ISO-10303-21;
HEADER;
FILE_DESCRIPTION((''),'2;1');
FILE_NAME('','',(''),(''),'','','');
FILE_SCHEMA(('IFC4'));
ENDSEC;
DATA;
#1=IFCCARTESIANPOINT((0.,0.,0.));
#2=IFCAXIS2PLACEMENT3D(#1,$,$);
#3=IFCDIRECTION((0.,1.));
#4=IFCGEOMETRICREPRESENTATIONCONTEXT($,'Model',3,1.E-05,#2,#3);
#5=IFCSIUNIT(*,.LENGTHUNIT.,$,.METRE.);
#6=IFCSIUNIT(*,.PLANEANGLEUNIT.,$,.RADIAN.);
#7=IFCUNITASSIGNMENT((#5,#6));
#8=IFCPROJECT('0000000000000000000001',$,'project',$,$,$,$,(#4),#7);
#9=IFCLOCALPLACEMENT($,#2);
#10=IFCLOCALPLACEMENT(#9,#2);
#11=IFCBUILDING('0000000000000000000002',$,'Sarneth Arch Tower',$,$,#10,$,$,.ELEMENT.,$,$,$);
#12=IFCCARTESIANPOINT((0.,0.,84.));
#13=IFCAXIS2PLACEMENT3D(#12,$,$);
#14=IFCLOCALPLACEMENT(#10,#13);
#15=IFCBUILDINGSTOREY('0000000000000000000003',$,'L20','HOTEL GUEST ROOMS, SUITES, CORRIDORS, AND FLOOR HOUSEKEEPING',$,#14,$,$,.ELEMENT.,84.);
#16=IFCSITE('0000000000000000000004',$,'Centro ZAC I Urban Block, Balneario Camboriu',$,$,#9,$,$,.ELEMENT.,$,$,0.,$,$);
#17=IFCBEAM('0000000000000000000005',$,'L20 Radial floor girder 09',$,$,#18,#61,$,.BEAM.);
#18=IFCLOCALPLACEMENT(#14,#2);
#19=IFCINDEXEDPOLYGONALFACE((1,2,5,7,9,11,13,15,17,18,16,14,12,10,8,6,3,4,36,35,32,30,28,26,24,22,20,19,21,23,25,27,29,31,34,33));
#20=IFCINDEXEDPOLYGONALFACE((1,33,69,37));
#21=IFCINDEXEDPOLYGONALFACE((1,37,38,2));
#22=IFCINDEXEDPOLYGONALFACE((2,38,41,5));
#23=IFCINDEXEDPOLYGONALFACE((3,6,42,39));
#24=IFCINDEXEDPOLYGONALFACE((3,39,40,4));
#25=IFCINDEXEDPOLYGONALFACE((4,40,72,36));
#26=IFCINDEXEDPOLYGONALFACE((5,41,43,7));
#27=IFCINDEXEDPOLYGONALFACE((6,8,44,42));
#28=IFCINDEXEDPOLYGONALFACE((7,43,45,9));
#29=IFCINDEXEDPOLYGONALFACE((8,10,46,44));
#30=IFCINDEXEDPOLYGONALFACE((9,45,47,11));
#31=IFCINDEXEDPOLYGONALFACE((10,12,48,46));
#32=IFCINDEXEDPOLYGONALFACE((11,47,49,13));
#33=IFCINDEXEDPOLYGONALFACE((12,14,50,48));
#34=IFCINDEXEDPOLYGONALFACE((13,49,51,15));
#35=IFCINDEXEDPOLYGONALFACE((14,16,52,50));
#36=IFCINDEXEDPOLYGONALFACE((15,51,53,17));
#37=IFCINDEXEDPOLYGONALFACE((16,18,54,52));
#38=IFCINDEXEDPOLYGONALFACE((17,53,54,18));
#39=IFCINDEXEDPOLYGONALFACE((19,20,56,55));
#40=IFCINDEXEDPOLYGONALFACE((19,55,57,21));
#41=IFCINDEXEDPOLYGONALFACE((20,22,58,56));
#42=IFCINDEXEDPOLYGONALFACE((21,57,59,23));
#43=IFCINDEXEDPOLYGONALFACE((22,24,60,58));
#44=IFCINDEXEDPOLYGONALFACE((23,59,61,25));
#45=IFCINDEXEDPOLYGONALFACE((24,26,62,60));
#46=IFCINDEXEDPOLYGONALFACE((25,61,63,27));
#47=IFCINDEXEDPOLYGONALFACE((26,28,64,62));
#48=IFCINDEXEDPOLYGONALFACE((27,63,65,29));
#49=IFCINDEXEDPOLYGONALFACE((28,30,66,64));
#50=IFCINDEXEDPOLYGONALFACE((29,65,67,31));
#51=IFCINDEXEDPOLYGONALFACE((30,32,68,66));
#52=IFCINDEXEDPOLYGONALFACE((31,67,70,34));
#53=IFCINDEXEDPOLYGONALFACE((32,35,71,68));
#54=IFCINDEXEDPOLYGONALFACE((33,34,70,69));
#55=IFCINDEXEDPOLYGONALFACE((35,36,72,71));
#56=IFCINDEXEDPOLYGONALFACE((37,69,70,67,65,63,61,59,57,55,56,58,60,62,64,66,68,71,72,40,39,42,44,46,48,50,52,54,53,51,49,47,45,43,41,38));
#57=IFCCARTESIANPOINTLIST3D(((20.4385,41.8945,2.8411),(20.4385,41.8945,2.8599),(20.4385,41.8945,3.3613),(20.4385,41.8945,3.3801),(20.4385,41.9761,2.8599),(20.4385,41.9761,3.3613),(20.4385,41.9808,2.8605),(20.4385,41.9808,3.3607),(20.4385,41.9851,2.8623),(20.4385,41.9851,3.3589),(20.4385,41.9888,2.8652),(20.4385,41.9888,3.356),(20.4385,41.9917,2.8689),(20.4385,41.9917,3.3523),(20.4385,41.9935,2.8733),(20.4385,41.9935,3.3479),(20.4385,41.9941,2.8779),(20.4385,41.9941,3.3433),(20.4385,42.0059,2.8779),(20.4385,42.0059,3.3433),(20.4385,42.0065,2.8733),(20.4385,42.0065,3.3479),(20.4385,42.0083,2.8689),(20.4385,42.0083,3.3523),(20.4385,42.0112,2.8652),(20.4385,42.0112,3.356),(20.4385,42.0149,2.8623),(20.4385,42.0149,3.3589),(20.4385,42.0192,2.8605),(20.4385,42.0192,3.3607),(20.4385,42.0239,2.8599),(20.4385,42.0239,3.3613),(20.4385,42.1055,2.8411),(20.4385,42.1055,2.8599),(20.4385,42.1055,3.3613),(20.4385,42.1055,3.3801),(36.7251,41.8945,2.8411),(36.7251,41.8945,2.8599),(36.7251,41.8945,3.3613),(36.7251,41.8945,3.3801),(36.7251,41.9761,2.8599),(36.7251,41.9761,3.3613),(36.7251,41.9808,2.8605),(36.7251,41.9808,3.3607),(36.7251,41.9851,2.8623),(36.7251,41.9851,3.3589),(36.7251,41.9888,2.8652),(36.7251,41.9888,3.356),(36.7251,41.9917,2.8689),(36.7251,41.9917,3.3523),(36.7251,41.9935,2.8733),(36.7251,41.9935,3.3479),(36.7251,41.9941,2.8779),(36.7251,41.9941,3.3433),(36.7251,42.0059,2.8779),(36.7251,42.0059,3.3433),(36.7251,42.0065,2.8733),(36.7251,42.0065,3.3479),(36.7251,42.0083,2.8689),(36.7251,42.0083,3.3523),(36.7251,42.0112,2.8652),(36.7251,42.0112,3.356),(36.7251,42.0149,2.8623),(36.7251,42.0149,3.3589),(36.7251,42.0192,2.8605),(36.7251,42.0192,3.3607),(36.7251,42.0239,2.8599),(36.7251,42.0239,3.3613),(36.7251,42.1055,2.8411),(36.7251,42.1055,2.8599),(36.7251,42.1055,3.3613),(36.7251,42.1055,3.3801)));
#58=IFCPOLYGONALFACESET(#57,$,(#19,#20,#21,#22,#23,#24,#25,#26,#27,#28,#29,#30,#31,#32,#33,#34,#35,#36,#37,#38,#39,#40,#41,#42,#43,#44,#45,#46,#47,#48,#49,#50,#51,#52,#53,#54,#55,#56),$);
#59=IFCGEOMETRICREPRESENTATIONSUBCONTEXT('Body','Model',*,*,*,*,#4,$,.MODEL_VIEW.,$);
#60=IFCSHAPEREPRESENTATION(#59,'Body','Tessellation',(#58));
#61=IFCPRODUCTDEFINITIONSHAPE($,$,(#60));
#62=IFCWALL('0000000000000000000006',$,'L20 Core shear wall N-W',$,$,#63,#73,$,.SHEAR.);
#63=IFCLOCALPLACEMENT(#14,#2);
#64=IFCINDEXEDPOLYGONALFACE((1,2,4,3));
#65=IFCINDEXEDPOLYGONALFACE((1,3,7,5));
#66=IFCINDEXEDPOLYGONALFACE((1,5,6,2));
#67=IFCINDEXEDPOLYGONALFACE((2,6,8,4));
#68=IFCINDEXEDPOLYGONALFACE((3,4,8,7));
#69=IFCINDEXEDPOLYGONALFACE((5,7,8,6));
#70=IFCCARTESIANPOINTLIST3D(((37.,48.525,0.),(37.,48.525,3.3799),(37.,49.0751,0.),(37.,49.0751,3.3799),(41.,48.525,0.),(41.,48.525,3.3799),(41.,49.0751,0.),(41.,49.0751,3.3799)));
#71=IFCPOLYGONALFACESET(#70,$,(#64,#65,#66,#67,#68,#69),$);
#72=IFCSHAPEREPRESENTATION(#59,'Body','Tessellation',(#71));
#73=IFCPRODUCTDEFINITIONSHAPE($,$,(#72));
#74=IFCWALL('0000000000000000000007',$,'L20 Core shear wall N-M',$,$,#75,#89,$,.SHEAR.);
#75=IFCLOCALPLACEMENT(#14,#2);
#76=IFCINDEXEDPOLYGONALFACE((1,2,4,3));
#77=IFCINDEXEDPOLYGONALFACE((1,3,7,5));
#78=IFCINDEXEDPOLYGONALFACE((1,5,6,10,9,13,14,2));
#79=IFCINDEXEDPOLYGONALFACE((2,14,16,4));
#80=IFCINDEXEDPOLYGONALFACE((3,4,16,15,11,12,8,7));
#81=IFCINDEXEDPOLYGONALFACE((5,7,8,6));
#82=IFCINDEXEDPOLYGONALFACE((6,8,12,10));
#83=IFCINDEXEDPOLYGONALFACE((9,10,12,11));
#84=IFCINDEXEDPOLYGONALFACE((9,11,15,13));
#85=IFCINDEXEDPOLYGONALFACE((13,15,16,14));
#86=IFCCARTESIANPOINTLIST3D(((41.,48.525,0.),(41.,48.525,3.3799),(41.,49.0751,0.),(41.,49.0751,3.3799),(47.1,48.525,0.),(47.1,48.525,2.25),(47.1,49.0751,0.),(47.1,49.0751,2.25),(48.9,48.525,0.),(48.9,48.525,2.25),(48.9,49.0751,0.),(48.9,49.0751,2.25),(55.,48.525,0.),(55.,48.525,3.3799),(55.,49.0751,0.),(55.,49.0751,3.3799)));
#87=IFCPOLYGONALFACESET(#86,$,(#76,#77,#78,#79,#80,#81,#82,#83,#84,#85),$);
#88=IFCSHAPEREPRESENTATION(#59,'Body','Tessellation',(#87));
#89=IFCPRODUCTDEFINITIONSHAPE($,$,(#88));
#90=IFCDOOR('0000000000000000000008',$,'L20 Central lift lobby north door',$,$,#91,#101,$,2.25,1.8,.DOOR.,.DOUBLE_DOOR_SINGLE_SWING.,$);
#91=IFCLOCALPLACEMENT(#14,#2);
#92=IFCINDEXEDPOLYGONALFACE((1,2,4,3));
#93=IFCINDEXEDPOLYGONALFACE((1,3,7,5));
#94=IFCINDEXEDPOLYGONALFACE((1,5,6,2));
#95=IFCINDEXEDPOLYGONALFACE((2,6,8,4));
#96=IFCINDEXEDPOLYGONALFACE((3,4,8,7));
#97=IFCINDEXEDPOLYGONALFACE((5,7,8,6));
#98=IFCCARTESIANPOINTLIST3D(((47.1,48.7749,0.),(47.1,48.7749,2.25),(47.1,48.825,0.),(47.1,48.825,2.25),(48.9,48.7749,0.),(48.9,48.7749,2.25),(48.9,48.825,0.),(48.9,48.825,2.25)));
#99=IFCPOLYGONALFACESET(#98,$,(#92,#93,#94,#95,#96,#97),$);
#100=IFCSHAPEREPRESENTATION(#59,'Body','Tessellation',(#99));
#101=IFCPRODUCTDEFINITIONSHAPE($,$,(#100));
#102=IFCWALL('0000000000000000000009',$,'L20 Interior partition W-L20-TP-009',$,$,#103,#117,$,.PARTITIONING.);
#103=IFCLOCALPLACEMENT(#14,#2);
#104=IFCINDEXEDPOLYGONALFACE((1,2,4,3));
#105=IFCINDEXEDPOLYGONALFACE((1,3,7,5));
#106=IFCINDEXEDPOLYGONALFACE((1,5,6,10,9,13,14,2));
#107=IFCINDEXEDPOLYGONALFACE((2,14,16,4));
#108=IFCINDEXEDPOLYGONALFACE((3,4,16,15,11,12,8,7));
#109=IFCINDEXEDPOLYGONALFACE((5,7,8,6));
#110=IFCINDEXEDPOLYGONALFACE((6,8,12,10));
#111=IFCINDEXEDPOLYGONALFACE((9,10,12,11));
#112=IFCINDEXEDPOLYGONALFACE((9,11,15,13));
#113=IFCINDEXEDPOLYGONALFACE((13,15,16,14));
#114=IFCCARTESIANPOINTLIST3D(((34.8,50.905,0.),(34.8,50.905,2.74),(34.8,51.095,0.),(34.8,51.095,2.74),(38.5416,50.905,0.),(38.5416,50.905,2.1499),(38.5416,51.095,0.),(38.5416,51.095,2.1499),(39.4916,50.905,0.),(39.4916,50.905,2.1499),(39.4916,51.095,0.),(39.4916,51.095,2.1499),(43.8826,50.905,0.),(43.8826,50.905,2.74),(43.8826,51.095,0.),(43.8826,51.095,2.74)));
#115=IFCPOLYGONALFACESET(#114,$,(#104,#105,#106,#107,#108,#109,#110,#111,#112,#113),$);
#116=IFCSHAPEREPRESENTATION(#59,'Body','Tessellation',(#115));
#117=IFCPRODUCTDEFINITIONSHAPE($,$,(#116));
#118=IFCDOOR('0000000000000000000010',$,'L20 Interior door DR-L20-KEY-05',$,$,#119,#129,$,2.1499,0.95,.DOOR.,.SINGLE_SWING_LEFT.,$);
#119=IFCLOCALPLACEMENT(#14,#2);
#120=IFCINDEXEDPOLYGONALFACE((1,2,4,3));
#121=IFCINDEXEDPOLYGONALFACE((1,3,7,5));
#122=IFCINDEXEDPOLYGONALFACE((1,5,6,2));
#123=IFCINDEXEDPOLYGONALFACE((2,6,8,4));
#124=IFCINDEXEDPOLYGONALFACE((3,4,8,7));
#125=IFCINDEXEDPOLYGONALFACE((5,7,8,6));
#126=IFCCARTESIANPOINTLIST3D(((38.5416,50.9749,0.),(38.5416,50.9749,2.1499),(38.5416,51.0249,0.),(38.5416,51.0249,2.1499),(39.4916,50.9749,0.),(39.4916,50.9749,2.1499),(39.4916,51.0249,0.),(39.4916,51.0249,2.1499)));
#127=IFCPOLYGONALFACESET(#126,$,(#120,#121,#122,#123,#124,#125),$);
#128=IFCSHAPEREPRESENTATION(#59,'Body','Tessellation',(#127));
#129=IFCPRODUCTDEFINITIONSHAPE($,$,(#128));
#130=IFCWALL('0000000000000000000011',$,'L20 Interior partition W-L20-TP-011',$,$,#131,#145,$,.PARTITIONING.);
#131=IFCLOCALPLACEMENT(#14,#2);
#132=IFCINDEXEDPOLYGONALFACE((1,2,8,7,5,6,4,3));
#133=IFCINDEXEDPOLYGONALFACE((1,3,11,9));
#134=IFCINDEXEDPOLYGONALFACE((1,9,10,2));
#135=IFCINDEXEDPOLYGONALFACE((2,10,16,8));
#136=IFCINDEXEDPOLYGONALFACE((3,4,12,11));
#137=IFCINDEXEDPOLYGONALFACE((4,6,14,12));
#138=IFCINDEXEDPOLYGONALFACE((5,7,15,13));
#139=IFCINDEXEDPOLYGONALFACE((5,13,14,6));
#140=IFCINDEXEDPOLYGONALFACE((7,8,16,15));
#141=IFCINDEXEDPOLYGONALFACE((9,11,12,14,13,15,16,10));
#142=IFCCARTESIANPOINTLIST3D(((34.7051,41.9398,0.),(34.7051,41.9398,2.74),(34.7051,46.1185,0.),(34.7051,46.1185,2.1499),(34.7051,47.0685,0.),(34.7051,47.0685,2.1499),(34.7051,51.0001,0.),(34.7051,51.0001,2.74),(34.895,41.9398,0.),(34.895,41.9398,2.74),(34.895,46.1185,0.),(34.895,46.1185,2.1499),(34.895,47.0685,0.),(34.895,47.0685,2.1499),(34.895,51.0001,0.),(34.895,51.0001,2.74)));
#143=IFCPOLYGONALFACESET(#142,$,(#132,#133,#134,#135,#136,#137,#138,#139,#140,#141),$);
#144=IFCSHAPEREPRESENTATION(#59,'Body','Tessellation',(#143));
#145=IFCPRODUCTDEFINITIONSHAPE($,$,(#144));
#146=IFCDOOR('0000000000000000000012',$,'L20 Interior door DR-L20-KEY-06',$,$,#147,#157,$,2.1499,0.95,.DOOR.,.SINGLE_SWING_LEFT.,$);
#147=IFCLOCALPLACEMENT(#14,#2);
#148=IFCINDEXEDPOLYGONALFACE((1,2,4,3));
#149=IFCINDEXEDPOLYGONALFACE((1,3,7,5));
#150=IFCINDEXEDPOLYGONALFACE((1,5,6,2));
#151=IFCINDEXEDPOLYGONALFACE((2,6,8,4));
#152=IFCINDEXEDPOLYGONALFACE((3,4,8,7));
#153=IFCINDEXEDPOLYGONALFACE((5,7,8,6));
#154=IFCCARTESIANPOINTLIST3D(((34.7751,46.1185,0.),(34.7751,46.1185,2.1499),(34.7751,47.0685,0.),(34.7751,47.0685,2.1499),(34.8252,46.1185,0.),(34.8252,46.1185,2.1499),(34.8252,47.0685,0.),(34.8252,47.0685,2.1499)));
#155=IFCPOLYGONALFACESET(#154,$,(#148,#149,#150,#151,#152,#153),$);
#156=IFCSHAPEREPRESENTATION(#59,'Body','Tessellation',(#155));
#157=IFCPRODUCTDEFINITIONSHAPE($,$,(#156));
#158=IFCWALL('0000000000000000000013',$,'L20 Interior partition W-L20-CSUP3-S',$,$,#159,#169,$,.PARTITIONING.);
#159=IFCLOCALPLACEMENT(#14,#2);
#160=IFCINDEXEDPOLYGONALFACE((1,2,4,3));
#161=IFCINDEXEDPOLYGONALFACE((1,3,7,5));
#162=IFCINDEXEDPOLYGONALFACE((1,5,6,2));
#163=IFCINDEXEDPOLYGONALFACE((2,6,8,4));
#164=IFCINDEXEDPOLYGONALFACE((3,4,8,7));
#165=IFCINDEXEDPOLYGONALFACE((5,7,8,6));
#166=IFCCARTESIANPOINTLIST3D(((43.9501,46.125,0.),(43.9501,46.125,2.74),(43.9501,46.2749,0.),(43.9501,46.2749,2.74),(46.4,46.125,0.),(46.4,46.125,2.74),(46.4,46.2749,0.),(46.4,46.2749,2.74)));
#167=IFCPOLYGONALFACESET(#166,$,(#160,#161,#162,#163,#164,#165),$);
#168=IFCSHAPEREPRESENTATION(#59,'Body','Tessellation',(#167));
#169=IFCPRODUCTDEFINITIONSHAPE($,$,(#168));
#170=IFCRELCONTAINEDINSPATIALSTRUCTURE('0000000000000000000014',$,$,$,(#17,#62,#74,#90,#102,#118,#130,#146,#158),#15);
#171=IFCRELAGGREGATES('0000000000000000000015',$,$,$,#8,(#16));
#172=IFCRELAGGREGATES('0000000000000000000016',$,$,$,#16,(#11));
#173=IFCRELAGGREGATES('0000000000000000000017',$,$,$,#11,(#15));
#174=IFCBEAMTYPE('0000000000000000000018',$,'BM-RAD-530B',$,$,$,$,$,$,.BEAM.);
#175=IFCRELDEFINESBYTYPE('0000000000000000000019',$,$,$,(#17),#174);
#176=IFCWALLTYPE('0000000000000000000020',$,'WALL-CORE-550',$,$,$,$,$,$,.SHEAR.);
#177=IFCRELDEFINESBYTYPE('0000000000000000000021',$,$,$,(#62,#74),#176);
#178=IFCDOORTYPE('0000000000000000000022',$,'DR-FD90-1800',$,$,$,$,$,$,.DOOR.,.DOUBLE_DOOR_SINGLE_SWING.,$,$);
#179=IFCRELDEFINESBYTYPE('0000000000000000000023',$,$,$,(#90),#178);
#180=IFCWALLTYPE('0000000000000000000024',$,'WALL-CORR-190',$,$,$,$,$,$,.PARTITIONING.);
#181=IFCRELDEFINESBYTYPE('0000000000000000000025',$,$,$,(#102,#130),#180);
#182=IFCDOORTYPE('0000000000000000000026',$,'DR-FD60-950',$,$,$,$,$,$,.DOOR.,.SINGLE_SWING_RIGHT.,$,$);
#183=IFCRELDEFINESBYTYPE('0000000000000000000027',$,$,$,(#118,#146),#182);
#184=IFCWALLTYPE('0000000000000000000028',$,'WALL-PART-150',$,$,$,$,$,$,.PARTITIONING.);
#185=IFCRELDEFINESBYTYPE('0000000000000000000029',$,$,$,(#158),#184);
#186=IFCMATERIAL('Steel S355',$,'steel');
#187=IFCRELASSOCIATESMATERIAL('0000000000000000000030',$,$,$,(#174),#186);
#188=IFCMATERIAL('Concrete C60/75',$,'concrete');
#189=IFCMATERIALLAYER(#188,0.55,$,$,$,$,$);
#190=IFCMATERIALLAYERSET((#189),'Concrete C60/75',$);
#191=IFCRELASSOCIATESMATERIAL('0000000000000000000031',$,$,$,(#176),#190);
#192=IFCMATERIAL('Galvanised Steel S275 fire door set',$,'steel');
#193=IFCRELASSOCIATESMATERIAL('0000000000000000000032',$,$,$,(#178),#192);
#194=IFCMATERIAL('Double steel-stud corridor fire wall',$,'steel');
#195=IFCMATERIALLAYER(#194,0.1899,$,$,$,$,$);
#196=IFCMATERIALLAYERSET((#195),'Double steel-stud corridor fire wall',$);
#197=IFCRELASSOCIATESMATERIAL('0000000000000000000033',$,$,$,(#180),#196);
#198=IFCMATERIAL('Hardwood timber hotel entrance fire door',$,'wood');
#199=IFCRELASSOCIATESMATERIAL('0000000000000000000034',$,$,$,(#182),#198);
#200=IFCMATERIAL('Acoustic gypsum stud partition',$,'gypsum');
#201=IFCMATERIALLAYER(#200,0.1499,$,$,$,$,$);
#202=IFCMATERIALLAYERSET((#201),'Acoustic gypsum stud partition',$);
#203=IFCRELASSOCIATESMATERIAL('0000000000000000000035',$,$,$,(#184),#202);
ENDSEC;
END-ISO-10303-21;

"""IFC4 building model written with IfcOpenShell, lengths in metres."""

from ifc_helpers import new_model, si_unit, direction, frame, frame_2d, origin, origin_2d, place, context, subcontext, project, spatial, rectangle, i_section, extrude, material, layer, layer_set, material_profile, profile_set, type_object, element, fill, save


model = new_model("IFC4")

# Units and contexts
model_context = context("Model", 3, precision=1e-05, world=origin(), true_north=direction((0.0, 1.0)))
body_context = subcontext(model_context, "Body", "Model", "MODEL_VIEW")
ifc_project = project(units=[si_unit("LENGTHUNIT", "METRE"), si_unit("PLANEANGLEUNIT", "RADIAN")], contexts=[model_context])

# Site, building, storey
site_placement = place(None, origin())
site = spatial("IfcSite", under=ifc_project, at=site_placement, Name="Centro ZAC I Urban Block, Balneario Camboriu", CompositionType="ELEMENT", RefElevation=0.0)
building_placement = place(site_placement, origin())
building = spatial("IfcBuilding", under=site, at=building_placement, Name="Sarneth Arch Tower", CompositionType="ELEMENT")
storey_placement = place(building_placement, frame((0.0, 0.0, 84.0)))
storey = spatial("IfcBuildingStorey", under=building, at=storey_placement, Name="L20", Description="HOTEL GUEST ROOMS, SUITES, CORRIDORS, AND FLOOR HOUSEKEEPING", CompositionType="ELEMENT", Elevation=84.0)

# Beam
ifc_material_1 = material(Name="Steel S355", Category="steel")
ifc_material_profile = material_profile(ifc_material_1, i_section(OverallWidth=0.2109, OverallDepth=0.5391, WebThickness=0.0117, FlangeThickness=0.0188, FilletRadius=0.0181, at=origin_2d()), Name="W530x109")
ifc_profile_set = profile_set([ifc_material_profile], Name="Steel S355")
beam_type = type_object("IfcBeamType", Name="BM-RAD-530B", PredefinedType="BEAM", material=ifc_profile_set)
beam_1_placement = place(storey_placement, frame((36.7251, 42.0, 3.1106), z_axis=(-1.0, 0.0, 0.0), x_axis=(0.0, -1.0, 0.0)))
element("IfcBeam", 1, at=beam_1_placement, inside=storey, type_object=beam_type, Name="L20 Radial floor girder 09", PredefinedType="BEAM", context=body_context, shape_type="SweptSolid", body=[
    extrude(i_section(OverallWidth=0.2109, OverallDepth=0.5391, WebThickness=0.0117, FlangeThickness=0.0188, FilletRadius=0.0181, at=origin_2d()), origin(), (0.0, 0.0, 1.0), 16.2866),
])

# Wall
ifc_material_2 = material(Name="Concrete C60/75", Category="concrete")
ifc_layer_1 = layer(ifc_material_2, 0.55)
ifc_layer_set_1 = layer_set([ifc_layer_1], Name="Concrete C60/75")
wall_type_1 = type_object("IfcWallType", Name="WALL-CORE-550", PredefinedType="SHEAR", material=ifc_layer_set_1)
wall_1_placement = place(storey_placement, frame((37.0, 48.8, 0.0), z_axis=(0.0, 0.0, 1.0), x_axis=(1.0, 0.0, 0.0)))
element("IfcWall", 2, at=wall_1_placement, inside=storey, type_object=wall_type_1, Name="L20 Core shear wall N-W", PredefinedType="SHEAR", context=body_context, shape_type="SweptSolid", body=[
    extrude(rectangle(XDim=4.0, YDim=0.55, at=frame_2d((2.0, 0.0))), origin(), (0.0, 0.0, 1.0), 3.3799),
])

# Walls, openings, doors
wall_2_placement = place(storey_placement, frame((41.0, 48.8, 0.0), z_axis=(0.0, 0.0, 1.0), x_axis=(1.0, 0.0, 0.0)))
wall_2 = element("IfcWall", 3, at=wall_2_placement, inside=storey, type_object=wall_type_1, Name="L20 Core shear wall N-M", PredefinedType="SHEAR", context=body_context, shape_type="SweptSolid", body=[
    extrude(rectangle(XDim=14.0, YDim=0.55, at=frame_2d((7.0, 0.0))), origin(), (0.0, 0.0, 1.0), 3.3799),
])
opening_1_placement = place(wall_2_placement, frame((6.1001, 0.0, 0.0)))
opening_1 = element("IfcOpeningElement", 4, at=opening_1_placement, cuts=wall_2, PredefinedType="OPENING", context=body_context, shape_type="SweptSolid", body=[
    extrude(rectangle(XDim=1.8, YDim=2.25, at=frame_2d((0.8999, 1.125))), frame((0.0, 0.2849, 0.0), z_axis=(0.0, -1.0, 0.0), x_axis=(1.0, 0.0, 0.0)), (0.0, 0.0, 1.0), 0.5701),
])
ifc_material_3 = material(Name="Galvanised Steel S275 fire door set", Category="steel")
door_type_1 = type_object("IfcDoorType", Name="DR-FD90-1800", OperationType="DOUBLE_DOOR_SINGLE_SWING", PredefinedType="DOOR", material=ifc_material_3)
door_1_placement = place(opening_1_placement, origin())
door_1 = element("IfcDoor", 5, at=door_1_placement, inside=storey, type_object=door_type_1, Name="L20 Central lift lobby north door", OperationType="DOUBLE_DOOR_SINGLE_SWING", OverallHeight=2.25, OverallWidth=1.8, PredefinedType="DOOR", context=body_context, shape_type="SweptSolid", body=[
    extrude(rectangle(XDim=1.8, YDim=2.25, at=frame_2d((0.8999, 1.125))), frame((0.0, 0.0249, 0.0), z_axis=(0.0, -1.0, 0.0), x_axis=(1.0, 0.0, 0.0)), (0.0, 0.0, 1.0), 0.05),
])
fill(opening_1, door_1)
ifc_material_4 = material(Name="Double steel-stud corridor fire wall", Category="steel")
ifc_layer_2 = layer(ifc_material_4, 0.1899)
ifc_layer_set_2 = layer_set([ifc_layer_2], Name="Double steel-stud corridor fire wall")
wall_type_2 = type_object("IfcWallType", Name="WALL-CORR-190", PredefinedType="PARTITIONING", material=ifc_layer_set_2)
wall_3_placement = place(storey_placement, frame((34.8, 51.0, 0.0), z_axis=(0.0, 0.0, 1.0), x_axis=(1.0, 0.0, 0.0)))
wall_3 = element("IfcWall", 6, at=wall_3_placement, inside=storey, type_object=wall_type_2, Name="L20 Interior partition W-L20-TP-009", PredefinedType="PARTITIONING", context=body_context, shape_type="SweptSolid", body=[
    extrude(rectangle(XDim=9.0825, YDim=0.1899, at=frame_2d((4.5413, 0.0))), origin(), (0.0, 0.0, 1.0), 2.74),
])
opening_2_placement = place(wall_3_placement, frame((3.7415, 0.0, 0.0)))
opening_2 = element("IfcOpeningElement", 7, at=opening_2_placement, cuts=wall_3, PredefinedType="OPENING", context=body_context, shape_type="SweptSolid", body=[
    extrude(rectangle(XDim=0.95, YDim=2.1499, at=frame_2d((0.4751, 1.075))), frame((0.0, 0.105, 0.0), z_axis=(0.0, -1.0, 0.0), x_axis=(1.0, 0.0, 0.0)), (0.0, 0.0, 1.0), 0.21),
])
ifc_material_5 = material(Name="Hardwood timber hotel entrance fire door", Category="wood")
door_type_2 = type_object("IfcDoorType", Name="DR-FD60-950", OperationType="SINGLE_SWING_RIGHT", PredefinedType="DOOR", material=ifc_material_5)
door_2_placement = place(opening_2_placement, origin())
door_2 = element("IfcDoor", 8, at=door_2_placement, inside=storey, type_object=door_type_2, Name="L20 Interior door DR-L20-KEY-05", OperationType="SINGLE_SWING_LEFT", OverallHeight=2.1499, OverallWidth=0.95, PredefinedType="DOOR", context=body_context, shape_type="SweptSolid", body=[
    extrude(rectangle(XDim=0.95, YDim=2.1499, at=frame_2d((0.4751, 1.075))), frame((0.0, 0.0249, 0.0), z_axis=(0.0, -1.0, 0.0), x_axis=(1.0, 0.0, 0.0)), (0.0, 0.0, 1.0), 0.05),
])
fill(opening_2, door_2)
wall_4_placement = place(storey_placement, frame((34.8, 41.9397, 0.0), z_axis=(0.0, 0.0, 1.0), x_axis=(0.0, 1.0, 0.0)))
wall_4 = element("IfcWall", 9, at=wall_4_placement, inside=storey, type_object=wall_type_2, Name="L20 Interior partition W-L20-TP-011", PredefinedType="PARTITIONING", context=body_context, shape_type="SweptSolid", body=[
    extrude(rectangle(XDim=9.0603, YDim=0.1899, at=frame_2d((4.5303, 0.0))), origin(), (0.0, 0.0, 1.0), 2.74),
])
opening_3_placement = place(wall_4_placement, frame((4.1787, 0.0, 0.0)))
opening_3 = element("IfcOpeningElement", 10, at=opening_3_placement, cuts=wall_4, PredefinedType="OPENING", context=body_context, shape_type="SweptSolid", body=[
    extrude(rectangle(XDim=0.95, YDim=2.1499, at=frame_2d((0.4751, 1.075))), frame((0.0, 0.105, 0.0), z_axis=(0.0, -1.0, 0.0), x_axis=(1.0, 0.0, 0.0)), (0.0, 0.0, 1.0), 0.21),
])
door_3_placement = place(opening_3_placement, origin())
door_3 = element("IfcDoor", 11, at=door_3_placement, inside=storey, type_object=door_type_2, Name="L20 Interior door DR-L20-KEY-06", OperationType="SINGLE_SWING_LEFT", OverallHeight=2.1499, OverallWidth=0.95, PredefinedType="DOOR", context=body_context, shape_type="SweptSolid", body=[
    extrude(rectangle(XDim=0.95, YDim=2.1499, at=frame_2d((0.4751, 1.075))), frame((0.0, 0.0249, 0.0), z_axis=(0.0, -1.0, 0.0), x_axis=(1.0, 0.0, 0.0)), (0.0, 0.0, 1.0), 0.05),
])
fill(opening_3, door_3)

# Wall
ifc_material_6 = material(Name="Acoustic gypsum stud partition", Category="gypsum")
ifc_layer_3 = layer(ifc_material_6, 0.1499)
ifc_layer_set_3 = layer_set([ifc_layer_3], Name="Acoustic gypsum stud partition")
wall_type_3 = type_object("IfcWallType", Name="WALL-PART-150", PredefinedType="PARTITIONING", material=ifc_layer_set_3)
wall_5_placement = place(storey_placement, frame((43.95, 46.2, 0.0), z_axis=(0.0, 0.0, 1.0), x_axis=(1.0, 0.0, 0.0)))
element("IfcWall", 12, at=wall_5_placement, inside=storey, type_object=wall_type_3, Name="L20 Interior partition W-L20-CSUP3-S", PredefinedType="PARTITIONING", context=body_context, shape_type="SweptSolid", body=[
    extrude(rectangle(XDim=2.45, YDim=0.1499, at=frame_2d((1.2251, 0.0))), origin(), (0.0, 0.0, 1.0), 2.74),
])

save(model, "model.ifc")
